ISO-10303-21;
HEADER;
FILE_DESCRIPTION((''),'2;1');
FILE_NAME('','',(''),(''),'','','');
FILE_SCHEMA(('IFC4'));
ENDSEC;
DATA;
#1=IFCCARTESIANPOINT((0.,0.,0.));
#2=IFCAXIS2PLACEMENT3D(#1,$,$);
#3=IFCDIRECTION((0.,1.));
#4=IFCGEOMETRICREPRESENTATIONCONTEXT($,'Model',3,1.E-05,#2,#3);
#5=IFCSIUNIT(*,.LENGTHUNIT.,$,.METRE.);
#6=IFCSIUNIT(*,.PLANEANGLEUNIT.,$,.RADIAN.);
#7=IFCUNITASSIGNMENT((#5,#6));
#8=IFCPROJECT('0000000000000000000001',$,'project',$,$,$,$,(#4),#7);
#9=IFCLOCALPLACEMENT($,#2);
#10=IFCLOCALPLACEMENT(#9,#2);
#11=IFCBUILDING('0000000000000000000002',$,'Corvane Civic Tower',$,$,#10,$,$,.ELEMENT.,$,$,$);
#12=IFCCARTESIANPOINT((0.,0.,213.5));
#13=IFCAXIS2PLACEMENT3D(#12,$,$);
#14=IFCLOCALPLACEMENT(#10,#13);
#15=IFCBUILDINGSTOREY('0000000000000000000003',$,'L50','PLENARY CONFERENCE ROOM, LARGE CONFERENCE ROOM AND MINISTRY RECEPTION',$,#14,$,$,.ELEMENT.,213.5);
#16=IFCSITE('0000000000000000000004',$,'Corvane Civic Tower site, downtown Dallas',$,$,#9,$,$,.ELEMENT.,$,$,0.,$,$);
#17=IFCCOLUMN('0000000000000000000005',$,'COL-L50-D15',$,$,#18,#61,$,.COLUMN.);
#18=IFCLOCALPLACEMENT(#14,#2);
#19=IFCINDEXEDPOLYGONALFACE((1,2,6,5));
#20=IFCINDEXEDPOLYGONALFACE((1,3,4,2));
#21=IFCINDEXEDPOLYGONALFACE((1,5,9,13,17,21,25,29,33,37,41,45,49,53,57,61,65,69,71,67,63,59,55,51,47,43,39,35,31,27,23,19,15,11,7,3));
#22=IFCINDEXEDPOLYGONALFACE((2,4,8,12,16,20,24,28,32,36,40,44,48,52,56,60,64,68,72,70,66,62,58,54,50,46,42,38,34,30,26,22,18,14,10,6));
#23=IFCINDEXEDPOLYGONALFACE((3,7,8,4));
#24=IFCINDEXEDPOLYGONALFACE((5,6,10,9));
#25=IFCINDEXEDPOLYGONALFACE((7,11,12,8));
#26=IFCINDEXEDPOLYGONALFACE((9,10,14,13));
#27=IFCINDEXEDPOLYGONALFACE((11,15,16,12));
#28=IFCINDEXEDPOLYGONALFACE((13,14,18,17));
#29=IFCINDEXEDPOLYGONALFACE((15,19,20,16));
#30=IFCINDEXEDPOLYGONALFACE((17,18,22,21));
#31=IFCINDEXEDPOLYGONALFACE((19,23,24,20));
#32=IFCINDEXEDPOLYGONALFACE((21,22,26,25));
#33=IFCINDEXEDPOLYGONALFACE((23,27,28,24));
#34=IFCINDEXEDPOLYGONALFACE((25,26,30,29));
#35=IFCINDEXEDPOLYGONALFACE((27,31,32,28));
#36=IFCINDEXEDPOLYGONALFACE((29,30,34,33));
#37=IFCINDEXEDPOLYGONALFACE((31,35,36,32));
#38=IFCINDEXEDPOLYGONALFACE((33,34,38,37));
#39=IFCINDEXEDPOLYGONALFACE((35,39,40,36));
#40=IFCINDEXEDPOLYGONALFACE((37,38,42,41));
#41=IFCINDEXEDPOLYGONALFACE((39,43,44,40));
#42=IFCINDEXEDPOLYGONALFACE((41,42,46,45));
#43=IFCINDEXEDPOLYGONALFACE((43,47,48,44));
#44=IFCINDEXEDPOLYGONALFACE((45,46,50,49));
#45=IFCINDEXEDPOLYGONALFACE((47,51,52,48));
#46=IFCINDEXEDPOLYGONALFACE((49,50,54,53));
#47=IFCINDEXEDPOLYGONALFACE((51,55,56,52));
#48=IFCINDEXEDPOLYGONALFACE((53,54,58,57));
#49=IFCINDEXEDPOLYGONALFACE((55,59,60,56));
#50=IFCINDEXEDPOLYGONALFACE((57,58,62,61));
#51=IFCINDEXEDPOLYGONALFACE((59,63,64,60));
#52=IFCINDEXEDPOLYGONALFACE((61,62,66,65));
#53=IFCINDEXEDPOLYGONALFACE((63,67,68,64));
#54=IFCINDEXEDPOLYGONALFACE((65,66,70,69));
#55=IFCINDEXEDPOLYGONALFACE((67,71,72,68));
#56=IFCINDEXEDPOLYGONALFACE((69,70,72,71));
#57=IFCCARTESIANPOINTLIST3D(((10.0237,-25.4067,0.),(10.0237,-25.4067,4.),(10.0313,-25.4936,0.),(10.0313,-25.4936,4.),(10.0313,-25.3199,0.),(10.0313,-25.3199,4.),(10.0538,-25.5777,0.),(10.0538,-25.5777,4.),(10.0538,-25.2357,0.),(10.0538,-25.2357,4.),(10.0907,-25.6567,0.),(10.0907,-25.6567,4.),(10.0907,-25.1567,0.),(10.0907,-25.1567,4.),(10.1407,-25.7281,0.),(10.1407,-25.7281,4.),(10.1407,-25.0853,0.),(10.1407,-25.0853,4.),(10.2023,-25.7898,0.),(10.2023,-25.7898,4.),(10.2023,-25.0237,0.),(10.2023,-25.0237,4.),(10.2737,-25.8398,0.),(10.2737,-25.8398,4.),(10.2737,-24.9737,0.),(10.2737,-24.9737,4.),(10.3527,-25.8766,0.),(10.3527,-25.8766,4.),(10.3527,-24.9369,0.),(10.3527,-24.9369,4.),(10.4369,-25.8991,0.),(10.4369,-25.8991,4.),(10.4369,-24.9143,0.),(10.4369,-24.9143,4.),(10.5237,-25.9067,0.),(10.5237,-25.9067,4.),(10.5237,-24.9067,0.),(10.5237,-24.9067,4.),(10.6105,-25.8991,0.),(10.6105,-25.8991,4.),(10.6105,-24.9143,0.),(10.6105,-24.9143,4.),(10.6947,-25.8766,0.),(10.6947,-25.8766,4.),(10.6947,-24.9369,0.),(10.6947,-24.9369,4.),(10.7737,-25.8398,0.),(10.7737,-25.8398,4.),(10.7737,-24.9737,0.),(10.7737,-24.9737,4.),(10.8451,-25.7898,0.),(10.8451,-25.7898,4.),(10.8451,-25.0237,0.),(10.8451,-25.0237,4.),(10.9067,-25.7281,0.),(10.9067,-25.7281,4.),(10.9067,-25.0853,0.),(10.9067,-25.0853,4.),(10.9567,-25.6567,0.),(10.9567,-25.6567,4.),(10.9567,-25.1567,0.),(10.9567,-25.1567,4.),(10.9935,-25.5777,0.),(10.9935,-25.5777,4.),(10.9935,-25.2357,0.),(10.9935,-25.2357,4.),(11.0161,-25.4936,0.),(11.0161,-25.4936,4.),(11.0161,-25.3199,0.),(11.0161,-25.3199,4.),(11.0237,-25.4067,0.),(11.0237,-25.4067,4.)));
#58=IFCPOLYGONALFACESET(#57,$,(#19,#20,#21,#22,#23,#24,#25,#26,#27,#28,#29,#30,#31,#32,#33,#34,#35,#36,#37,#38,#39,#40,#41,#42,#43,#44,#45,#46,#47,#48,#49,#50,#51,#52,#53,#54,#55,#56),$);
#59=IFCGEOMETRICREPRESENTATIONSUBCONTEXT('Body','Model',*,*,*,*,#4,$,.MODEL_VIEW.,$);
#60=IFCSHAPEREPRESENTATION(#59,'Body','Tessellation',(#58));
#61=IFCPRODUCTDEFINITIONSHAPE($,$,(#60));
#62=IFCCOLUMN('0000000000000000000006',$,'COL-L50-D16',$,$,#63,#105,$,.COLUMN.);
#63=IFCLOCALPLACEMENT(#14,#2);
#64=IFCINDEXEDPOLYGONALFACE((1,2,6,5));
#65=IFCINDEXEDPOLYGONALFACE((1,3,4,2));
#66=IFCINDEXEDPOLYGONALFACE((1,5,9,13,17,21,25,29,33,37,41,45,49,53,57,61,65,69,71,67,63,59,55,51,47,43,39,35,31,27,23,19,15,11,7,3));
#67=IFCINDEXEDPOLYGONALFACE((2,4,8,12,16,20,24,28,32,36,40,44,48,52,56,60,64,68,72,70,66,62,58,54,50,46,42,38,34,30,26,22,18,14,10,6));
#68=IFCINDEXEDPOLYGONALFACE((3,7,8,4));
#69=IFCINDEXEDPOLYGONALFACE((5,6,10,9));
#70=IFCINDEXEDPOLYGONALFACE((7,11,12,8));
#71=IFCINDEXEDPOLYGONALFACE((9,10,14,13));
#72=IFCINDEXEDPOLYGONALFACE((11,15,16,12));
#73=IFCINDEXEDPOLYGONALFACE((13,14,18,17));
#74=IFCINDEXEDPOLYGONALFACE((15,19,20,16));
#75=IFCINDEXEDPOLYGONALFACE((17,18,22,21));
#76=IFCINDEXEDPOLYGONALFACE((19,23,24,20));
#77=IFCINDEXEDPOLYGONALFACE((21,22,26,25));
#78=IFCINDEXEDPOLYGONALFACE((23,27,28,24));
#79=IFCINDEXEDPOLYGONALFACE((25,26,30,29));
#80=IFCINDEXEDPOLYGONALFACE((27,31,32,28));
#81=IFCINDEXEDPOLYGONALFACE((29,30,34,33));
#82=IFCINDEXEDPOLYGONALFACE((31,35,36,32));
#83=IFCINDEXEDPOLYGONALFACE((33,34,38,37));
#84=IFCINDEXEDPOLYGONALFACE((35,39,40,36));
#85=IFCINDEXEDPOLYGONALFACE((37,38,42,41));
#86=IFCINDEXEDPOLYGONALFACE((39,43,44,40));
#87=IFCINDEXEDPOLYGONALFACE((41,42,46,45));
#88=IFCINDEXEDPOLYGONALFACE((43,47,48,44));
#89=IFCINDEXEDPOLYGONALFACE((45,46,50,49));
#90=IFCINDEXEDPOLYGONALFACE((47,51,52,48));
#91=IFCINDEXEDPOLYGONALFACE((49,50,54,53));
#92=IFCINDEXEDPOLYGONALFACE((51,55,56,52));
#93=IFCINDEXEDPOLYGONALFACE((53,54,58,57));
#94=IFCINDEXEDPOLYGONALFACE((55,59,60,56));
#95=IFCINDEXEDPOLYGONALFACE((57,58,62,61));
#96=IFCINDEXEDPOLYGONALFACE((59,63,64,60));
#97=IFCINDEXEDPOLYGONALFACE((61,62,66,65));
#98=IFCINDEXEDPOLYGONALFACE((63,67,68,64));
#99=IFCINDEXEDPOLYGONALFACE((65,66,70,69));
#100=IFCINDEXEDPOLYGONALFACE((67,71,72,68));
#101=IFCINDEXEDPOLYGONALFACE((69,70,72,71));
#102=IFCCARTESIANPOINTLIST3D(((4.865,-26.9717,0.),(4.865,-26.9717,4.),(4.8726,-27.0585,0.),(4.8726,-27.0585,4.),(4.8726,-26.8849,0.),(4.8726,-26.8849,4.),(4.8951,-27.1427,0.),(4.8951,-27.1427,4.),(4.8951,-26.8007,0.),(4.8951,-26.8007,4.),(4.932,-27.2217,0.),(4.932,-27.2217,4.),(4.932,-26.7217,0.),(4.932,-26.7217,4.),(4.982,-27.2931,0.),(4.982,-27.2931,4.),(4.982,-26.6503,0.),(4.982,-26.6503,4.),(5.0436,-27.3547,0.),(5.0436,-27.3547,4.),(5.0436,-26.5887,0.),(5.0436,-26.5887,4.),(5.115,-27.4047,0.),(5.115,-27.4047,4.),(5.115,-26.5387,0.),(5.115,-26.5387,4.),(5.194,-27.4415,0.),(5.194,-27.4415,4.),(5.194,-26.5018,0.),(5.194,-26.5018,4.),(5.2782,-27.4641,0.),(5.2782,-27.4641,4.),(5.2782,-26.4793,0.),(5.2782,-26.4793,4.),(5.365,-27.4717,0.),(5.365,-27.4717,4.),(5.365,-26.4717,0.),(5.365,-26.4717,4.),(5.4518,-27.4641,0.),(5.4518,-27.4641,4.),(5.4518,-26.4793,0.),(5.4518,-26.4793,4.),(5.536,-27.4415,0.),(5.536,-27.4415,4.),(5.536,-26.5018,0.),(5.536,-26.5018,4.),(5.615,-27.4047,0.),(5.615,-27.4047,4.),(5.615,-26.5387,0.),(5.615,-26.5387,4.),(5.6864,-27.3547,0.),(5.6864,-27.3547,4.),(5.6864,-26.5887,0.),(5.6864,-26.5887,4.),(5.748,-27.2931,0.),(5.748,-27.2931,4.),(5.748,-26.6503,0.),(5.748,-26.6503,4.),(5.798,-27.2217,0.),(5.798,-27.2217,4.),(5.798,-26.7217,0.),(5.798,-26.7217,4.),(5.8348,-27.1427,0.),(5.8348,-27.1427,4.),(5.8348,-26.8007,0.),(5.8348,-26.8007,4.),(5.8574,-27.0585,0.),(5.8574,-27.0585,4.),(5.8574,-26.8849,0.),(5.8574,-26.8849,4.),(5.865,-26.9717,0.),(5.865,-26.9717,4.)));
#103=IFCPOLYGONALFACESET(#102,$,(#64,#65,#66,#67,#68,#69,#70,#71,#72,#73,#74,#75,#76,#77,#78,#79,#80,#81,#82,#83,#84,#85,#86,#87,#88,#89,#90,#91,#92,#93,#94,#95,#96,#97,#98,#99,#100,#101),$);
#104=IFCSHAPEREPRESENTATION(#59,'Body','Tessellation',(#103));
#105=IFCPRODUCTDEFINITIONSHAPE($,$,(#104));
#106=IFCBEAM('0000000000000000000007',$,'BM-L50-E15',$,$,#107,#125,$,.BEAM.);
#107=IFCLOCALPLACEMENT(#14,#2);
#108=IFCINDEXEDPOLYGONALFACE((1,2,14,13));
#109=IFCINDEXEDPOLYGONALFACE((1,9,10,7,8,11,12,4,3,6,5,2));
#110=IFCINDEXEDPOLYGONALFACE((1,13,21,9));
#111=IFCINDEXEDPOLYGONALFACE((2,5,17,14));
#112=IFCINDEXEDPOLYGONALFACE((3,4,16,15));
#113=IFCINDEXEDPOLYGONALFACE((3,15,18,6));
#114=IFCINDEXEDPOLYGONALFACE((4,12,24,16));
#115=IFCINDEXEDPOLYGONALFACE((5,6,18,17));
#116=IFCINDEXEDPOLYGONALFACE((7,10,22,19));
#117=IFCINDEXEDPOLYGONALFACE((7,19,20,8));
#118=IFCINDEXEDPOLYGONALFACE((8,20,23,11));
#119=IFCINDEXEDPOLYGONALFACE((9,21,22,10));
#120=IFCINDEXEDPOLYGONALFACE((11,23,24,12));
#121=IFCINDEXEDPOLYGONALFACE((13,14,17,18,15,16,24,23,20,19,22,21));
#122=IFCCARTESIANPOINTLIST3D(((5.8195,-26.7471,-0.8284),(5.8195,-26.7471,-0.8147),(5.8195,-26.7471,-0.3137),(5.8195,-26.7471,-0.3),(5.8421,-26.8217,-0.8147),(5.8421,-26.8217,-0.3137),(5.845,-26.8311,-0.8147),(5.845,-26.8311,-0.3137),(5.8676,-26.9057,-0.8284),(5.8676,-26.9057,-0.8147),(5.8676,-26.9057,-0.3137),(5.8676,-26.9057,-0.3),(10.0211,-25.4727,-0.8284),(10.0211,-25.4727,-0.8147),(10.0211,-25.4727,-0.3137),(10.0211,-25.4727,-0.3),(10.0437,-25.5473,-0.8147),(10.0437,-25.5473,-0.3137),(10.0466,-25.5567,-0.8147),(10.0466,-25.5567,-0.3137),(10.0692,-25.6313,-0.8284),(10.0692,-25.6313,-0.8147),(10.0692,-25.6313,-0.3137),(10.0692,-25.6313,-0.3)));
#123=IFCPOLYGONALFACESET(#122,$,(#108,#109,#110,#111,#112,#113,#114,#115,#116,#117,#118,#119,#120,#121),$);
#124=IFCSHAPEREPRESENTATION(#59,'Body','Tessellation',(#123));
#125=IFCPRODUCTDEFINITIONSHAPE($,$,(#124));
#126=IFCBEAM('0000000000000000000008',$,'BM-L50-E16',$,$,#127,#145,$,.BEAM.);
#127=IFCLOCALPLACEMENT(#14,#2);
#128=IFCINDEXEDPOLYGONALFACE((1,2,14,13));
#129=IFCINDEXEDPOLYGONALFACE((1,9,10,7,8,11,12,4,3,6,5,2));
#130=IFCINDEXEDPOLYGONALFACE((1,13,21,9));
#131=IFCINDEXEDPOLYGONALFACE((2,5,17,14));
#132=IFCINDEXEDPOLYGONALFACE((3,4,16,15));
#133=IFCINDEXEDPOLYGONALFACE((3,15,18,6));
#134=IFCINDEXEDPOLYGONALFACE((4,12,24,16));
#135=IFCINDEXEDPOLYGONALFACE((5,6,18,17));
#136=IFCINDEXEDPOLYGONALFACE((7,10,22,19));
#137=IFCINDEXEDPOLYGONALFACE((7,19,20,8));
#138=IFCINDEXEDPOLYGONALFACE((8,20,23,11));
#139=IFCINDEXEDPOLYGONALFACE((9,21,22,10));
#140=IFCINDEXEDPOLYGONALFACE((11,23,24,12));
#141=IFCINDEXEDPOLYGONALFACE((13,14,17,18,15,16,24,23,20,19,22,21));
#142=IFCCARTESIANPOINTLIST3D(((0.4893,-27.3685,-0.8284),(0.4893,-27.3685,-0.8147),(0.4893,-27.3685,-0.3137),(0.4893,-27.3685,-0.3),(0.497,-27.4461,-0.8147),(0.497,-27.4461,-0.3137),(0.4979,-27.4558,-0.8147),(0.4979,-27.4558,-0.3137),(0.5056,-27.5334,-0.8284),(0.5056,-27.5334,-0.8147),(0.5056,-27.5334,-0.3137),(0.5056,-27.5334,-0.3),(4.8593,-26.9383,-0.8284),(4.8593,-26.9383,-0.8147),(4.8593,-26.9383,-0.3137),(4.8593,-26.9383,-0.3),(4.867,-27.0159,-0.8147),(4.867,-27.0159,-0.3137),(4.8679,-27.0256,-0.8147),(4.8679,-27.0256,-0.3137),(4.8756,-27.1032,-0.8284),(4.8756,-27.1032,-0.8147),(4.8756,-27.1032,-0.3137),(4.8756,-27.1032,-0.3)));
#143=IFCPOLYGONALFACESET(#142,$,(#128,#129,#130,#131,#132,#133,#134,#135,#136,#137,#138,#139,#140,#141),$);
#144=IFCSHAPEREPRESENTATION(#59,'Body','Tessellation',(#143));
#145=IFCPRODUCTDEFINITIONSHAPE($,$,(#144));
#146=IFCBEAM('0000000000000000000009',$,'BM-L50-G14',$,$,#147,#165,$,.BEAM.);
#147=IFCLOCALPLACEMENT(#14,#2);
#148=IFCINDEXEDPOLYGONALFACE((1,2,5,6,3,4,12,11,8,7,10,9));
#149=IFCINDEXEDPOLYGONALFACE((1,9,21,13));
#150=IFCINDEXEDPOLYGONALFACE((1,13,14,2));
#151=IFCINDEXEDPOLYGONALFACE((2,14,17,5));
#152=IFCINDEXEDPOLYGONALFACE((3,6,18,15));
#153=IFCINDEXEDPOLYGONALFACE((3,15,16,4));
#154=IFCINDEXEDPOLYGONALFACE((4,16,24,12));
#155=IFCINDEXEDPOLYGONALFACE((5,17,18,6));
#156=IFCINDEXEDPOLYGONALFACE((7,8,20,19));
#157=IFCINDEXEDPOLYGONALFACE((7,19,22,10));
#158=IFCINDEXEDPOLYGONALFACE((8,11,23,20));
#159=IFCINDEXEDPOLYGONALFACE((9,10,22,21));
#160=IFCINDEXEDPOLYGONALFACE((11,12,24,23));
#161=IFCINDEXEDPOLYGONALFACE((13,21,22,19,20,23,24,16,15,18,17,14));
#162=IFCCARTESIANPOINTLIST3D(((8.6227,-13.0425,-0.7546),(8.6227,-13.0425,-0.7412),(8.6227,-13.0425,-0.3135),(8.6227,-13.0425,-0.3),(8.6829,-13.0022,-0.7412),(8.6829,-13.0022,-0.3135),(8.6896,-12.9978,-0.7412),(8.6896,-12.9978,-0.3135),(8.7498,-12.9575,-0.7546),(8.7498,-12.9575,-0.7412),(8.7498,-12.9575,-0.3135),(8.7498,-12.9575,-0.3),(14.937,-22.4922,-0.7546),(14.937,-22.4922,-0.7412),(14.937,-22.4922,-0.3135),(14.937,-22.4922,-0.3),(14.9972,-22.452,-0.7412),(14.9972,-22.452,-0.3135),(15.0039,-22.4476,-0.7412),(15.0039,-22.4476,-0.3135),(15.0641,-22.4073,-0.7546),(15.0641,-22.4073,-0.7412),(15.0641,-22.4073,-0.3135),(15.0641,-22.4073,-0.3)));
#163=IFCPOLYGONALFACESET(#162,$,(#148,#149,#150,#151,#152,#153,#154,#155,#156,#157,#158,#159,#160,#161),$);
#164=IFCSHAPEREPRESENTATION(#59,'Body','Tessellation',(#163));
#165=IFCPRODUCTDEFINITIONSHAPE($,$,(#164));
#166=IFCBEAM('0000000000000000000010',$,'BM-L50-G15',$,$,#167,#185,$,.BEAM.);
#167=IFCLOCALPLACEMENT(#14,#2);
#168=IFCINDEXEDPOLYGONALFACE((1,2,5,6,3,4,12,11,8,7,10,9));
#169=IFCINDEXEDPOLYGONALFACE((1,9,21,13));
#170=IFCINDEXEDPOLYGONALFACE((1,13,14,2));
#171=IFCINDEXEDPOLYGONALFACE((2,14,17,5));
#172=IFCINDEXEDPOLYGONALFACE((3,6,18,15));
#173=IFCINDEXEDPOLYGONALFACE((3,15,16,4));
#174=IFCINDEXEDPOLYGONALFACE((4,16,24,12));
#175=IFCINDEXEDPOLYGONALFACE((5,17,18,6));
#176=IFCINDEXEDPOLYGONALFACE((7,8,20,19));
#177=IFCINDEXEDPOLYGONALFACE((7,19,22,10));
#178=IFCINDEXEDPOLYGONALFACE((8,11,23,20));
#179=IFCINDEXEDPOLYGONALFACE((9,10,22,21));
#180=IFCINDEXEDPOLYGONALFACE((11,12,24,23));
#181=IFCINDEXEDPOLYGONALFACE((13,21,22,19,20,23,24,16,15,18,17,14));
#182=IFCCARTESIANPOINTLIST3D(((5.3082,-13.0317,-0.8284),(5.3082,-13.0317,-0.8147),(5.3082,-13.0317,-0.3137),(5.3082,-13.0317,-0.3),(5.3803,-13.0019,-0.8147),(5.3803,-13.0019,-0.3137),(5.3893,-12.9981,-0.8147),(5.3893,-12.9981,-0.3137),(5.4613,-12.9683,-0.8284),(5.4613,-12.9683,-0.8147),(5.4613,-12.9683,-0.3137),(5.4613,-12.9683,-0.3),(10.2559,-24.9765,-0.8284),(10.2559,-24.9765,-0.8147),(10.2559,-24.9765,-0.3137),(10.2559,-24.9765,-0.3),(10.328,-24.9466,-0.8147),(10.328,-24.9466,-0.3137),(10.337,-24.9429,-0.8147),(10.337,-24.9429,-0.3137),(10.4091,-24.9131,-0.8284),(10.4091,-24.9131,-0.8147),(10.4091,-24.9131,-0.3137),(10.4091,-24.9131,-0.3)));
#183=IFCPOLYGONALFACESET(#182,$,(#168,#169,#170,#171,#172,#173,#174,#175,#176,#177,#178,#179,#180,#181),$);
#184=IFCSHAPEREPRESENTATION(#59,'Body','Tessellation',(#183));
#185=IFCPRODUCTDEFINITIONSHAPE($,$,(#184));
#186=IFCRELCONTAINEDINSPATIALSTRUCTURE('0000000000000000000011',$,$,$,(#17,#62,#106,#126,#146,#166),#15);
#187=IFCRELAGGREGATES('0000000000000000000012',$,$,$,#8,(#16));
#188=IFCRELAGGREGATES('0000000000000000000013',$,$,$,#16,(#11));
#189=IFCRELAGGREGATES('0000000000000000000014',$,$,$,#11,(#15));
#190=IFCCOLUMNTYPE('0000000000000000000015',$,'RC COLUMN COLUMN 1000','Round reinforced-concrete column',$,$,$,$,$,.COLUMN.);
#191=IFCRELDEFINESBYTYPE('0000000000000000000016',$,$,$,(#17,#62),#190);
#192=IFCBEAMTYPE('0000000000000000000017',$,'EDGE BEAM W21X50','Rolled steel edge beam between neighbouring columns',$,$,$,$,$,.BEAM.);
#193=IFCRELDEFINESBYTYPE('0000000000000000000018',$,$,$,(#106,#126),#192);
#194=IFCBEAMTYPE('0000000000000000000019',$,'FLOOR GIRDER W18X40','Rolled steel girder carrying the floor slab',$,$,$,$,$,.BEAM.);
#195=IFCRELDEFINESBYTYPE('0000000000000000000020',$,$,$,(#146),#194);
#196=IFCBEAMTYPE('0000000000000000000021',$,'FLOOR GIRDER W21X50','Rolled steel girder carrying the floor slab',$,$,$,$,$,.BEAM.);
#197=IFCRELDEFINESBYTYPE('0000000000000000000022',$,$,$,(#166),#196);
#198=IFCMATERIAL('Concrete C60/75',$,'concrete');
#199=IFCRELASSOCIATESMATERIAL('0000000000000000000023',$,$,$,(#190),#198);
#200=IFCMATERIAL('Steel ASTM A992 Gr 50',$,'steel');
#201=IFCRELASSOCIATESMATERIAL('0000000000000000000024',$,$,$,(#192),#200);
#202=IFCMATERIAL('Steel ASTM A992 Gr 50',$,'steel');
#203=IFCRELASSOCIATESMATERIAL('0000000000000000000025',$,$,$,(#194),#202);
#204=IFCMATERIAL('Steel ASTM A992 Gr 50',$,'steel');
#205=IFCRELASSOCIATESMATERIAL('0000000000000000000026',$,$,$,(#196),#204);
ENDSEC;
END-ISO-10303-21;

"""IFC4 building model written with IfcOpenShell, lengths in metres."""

from ifc_helpers import new_model, si_unit, direction, frame, origin, origin_2d, place, context, subcontext, project, spatial, circle, i_section, extrude, material, material_profile, profile_set, type_object, element, save


model = new_model("IFC4")

# Units and contexts
model_context = context("Model", 3, precision=1e-05, world=origin(), true_north=direction((0.0, 1.0)))
body_context = subcontext(model_context, "Body", "Model", "MODEL_VIEW")
ifc_project = project(units=[si_unit("LENGTHUNIT", "METRE"), si_unit("PLANEANGLEUNIT", "RADIAN")], contexts=[model_context])

# Site, building, storey
site_placement = place(None, origin())
site = spatial("IfcSite", under=ifc_project, at=site_placement, Name="Corvane Civic Tower site, downtown Dallas", CompositionType="ELEMENT", RefElevation=0.0)
building_placement = place(site_placement, origin())
building = spatial("IfcBuilding", under=site, at=building_placement, Name="Corvane Civic Tower", CompositionType="ELEMENT")
storey_placement = place(building_placement, frame((0.0, 0.0, 213.5)))
storey = spatial("IfcBuildingStorey", under=building, at=storey_placement, Name="L50", Description="PLENARY CONFERENCE ROOM, LARGE CONFERENCE ROOM AND MINISTRY RECEPTION", CompositionType="ELEMENT", Elevation=213.5)

# Columns
ifc_material_1 = material(Name="Concrete C60/75", Category="concrete")
ifc_material_profile_1 = material_profile(ifc_material_1, circle(Radius=0.5, at=origin_2d()), Name="COLUMN 1000")
ifc_profile_set_1 = profile_set([ifc_material_profile_1], Name="Concrete C60/75")
column_type = type_object("IfcColumnType", Name="RC COLUMN COLUMN 1000", Description="Round reinforced-concrete column", PredefinedType="COLUMN", material=ifc_profile_set_1)
for number, where, z_axis, x_axis, name in (
    (1, (10.5237, -25.4067, 0.0), (0.0, 0.0, 1.0), (1.0, 0.0, 0.0), "COL-L50-D15"),
    (2, (5.365, -26.9717, 0.0), (0.0, 0.0, 1.0), (1.0, 0.0, 0.0), "COL-L50-D16"),
):
    element("IfcColumn", number, at=place(storey_placement, frame(where, z_axis=z_axis, x_axis=x_axis)), inside=storey, type_object=column_type, Name=name, PredefinedType="COLUMN", context=body_context, shape_type="SweptSolid", body=[
        extrude(circle(Radius=0.5, at=origin_2d()), origin(), (0.0, 0.0, 1.0), 4.0),
    ])

# Beams
ifc_material_2 = material(Name="Steel ASTM A992 Gr 50", Category="steel")
ifc_material_profile_2 = material_profile(ifc_material_2, i_section(OverallWidth=0.1658, OverallDepth=0.5283, WebThickness=0.0098, FlangeThickness=0.0137, at=origin_2d()), Name="W21X50")
ifc_profile_set_2 = profile_set([ifc_material_profile_2], Name="Steel ASTM A992 Gr 50")
beam_type_1 = type_object("IfcBeamType", Name="EDGE BEAM W21X50", Description="Rolled steel edge beam between neighbouring columns", PredefinedType="BEAM", material=ifc_profile_set_2)
beam_1_placement = place(storey_placement, frame((10.0452, -25.552, -0.5642), z_axis=(-0.95695, -0.290254, 0.0), x_axis=(0.290254, -0.95695, 0.0)))
element("IfcBeam", 3, at=beam_1_placement, inside=storey, type_object=beam_type_1, Name="BM-L50-E15", PredefinedType="BEAM", context=body_context, shape_type="SweptSolid", body=[
    extrude(i_section(OverallWidth=0.1658, OverallDepth=0.5283, WebThickness=0.0098, FlangeThickness=0.0137, at=origin_2d()), origin(), (0.0, 0.0, 1.0), 4.3906),
])
beam_2_placement = place(storey_placement, frame((4.8674, -27.0208, -0.5642), z_axis=(-0.99519, -0.097968, 0.0), x_axis=(0.097968, -0.99519, 0.0)))
element("IfcBeam", 4, at=beam_2_placement, inside=storey, type_object=beam_type_1, Name="BM-L50-E16", PredefinedType="BEAM", context=body_context, shape_type="SweptSolid", body=[
    extrude(i_section(OverallWidth=0.1658, OverallDepth=0.5283, WebThickness=0.0098, FlangeThickness=0.0137, at=origin_2d()), origin(), (0.0, 0.0, 1.0), 4.3911),
])
ifc_material_3 = material(Name="Steel ASTM A992 Gr 50", Category="steel")
ifc_material_profile_3 = material_profile(ifc_material_3, i_section(OverallWidth=0.1528, OverallDepth=0.4546, WebThickness=0.0081, FlangeThickness=0.0134, at=origin_2d()), Name="W18X40")
ifc_profile_set_3 = profile_set([ifc_material_profile_3], Name="Steel ASTM A992 Gr 50")
beam_type_2 = type_object("IfcBeamType", Name="FLOOR GIRDER W18X40", Description="Rolled steel girder carrying the floor slab", PredefinedType="BEAM", material=ifc_profile_set_3)
beam_3_placement = place(storey_placement, frame((8.6863, -13.0, -0.5273), z_axis=(0.555577, -0.831465, 0.0), x_axis=(0.831465, 0.555577, 0.0)))
element("IfcBeam", 5, at=beam_3_placement, inside=storey, type_object=beam_type_2, Name="BM-L50-G14", PredefinedType="BEAM", context=body_context, shape_type="SweptSolid", body=[
    extrude(i_section(OverallWidth=0.1528, OverallDepth=0.4546, WebThickness=0.0081, FlangeThickness=0.0134, at=origin_2d()), origin(), (0.0, 0.0, 1.0), 11.3652),
])
ifc_material_4 = material(Name="Steel ASTM A992 Gr 50", Category="steel")
ifc_material_profile_4 = material_profile(ifc_material_4, i_section(OverallWidth=0.1658, OverallDepth=0.5283, WebThickness=0.0098, FlangeThickness=0.0137, at=origin_2d()), Name="W21X50")
ifc_profile_set_4 = profile_set([ifc_material_profile_4], Name="Steel ASTM A992 Gr 50")
beam_type_3 = type_object("IfcBeamType", Name="FLOOR GIRDER W21X50", Description="Rolled steel girder carrying the floor slab", PredefinedType="BEAM", material=ifc_profile_set_4)
beam_4_placement = place(storey_placement, frame((5.3848, -13.0, -0.5642), z_axis=(0.382686, -0.923878, 0.0), x_axis=(0.923878, 0.382686, 0.0)))
element("IfcBeam", 6, at=beam_4_placement, inside=storey, type_object=beam_type_3, Name="BM-L50-G15", PredefinedType="BEAM", context=body_context, shape_type="SweptSolid", body=[
    extrude(i_section(OverallWidth=0.1658, OverallDepth=0.5283, WebThickness=0.0098, FlangeThickness=0.0137, at=origin_2d()), origin(), (0.0, 0.0, 1.0), 12.929),
])

save(model, "model.ifc")
